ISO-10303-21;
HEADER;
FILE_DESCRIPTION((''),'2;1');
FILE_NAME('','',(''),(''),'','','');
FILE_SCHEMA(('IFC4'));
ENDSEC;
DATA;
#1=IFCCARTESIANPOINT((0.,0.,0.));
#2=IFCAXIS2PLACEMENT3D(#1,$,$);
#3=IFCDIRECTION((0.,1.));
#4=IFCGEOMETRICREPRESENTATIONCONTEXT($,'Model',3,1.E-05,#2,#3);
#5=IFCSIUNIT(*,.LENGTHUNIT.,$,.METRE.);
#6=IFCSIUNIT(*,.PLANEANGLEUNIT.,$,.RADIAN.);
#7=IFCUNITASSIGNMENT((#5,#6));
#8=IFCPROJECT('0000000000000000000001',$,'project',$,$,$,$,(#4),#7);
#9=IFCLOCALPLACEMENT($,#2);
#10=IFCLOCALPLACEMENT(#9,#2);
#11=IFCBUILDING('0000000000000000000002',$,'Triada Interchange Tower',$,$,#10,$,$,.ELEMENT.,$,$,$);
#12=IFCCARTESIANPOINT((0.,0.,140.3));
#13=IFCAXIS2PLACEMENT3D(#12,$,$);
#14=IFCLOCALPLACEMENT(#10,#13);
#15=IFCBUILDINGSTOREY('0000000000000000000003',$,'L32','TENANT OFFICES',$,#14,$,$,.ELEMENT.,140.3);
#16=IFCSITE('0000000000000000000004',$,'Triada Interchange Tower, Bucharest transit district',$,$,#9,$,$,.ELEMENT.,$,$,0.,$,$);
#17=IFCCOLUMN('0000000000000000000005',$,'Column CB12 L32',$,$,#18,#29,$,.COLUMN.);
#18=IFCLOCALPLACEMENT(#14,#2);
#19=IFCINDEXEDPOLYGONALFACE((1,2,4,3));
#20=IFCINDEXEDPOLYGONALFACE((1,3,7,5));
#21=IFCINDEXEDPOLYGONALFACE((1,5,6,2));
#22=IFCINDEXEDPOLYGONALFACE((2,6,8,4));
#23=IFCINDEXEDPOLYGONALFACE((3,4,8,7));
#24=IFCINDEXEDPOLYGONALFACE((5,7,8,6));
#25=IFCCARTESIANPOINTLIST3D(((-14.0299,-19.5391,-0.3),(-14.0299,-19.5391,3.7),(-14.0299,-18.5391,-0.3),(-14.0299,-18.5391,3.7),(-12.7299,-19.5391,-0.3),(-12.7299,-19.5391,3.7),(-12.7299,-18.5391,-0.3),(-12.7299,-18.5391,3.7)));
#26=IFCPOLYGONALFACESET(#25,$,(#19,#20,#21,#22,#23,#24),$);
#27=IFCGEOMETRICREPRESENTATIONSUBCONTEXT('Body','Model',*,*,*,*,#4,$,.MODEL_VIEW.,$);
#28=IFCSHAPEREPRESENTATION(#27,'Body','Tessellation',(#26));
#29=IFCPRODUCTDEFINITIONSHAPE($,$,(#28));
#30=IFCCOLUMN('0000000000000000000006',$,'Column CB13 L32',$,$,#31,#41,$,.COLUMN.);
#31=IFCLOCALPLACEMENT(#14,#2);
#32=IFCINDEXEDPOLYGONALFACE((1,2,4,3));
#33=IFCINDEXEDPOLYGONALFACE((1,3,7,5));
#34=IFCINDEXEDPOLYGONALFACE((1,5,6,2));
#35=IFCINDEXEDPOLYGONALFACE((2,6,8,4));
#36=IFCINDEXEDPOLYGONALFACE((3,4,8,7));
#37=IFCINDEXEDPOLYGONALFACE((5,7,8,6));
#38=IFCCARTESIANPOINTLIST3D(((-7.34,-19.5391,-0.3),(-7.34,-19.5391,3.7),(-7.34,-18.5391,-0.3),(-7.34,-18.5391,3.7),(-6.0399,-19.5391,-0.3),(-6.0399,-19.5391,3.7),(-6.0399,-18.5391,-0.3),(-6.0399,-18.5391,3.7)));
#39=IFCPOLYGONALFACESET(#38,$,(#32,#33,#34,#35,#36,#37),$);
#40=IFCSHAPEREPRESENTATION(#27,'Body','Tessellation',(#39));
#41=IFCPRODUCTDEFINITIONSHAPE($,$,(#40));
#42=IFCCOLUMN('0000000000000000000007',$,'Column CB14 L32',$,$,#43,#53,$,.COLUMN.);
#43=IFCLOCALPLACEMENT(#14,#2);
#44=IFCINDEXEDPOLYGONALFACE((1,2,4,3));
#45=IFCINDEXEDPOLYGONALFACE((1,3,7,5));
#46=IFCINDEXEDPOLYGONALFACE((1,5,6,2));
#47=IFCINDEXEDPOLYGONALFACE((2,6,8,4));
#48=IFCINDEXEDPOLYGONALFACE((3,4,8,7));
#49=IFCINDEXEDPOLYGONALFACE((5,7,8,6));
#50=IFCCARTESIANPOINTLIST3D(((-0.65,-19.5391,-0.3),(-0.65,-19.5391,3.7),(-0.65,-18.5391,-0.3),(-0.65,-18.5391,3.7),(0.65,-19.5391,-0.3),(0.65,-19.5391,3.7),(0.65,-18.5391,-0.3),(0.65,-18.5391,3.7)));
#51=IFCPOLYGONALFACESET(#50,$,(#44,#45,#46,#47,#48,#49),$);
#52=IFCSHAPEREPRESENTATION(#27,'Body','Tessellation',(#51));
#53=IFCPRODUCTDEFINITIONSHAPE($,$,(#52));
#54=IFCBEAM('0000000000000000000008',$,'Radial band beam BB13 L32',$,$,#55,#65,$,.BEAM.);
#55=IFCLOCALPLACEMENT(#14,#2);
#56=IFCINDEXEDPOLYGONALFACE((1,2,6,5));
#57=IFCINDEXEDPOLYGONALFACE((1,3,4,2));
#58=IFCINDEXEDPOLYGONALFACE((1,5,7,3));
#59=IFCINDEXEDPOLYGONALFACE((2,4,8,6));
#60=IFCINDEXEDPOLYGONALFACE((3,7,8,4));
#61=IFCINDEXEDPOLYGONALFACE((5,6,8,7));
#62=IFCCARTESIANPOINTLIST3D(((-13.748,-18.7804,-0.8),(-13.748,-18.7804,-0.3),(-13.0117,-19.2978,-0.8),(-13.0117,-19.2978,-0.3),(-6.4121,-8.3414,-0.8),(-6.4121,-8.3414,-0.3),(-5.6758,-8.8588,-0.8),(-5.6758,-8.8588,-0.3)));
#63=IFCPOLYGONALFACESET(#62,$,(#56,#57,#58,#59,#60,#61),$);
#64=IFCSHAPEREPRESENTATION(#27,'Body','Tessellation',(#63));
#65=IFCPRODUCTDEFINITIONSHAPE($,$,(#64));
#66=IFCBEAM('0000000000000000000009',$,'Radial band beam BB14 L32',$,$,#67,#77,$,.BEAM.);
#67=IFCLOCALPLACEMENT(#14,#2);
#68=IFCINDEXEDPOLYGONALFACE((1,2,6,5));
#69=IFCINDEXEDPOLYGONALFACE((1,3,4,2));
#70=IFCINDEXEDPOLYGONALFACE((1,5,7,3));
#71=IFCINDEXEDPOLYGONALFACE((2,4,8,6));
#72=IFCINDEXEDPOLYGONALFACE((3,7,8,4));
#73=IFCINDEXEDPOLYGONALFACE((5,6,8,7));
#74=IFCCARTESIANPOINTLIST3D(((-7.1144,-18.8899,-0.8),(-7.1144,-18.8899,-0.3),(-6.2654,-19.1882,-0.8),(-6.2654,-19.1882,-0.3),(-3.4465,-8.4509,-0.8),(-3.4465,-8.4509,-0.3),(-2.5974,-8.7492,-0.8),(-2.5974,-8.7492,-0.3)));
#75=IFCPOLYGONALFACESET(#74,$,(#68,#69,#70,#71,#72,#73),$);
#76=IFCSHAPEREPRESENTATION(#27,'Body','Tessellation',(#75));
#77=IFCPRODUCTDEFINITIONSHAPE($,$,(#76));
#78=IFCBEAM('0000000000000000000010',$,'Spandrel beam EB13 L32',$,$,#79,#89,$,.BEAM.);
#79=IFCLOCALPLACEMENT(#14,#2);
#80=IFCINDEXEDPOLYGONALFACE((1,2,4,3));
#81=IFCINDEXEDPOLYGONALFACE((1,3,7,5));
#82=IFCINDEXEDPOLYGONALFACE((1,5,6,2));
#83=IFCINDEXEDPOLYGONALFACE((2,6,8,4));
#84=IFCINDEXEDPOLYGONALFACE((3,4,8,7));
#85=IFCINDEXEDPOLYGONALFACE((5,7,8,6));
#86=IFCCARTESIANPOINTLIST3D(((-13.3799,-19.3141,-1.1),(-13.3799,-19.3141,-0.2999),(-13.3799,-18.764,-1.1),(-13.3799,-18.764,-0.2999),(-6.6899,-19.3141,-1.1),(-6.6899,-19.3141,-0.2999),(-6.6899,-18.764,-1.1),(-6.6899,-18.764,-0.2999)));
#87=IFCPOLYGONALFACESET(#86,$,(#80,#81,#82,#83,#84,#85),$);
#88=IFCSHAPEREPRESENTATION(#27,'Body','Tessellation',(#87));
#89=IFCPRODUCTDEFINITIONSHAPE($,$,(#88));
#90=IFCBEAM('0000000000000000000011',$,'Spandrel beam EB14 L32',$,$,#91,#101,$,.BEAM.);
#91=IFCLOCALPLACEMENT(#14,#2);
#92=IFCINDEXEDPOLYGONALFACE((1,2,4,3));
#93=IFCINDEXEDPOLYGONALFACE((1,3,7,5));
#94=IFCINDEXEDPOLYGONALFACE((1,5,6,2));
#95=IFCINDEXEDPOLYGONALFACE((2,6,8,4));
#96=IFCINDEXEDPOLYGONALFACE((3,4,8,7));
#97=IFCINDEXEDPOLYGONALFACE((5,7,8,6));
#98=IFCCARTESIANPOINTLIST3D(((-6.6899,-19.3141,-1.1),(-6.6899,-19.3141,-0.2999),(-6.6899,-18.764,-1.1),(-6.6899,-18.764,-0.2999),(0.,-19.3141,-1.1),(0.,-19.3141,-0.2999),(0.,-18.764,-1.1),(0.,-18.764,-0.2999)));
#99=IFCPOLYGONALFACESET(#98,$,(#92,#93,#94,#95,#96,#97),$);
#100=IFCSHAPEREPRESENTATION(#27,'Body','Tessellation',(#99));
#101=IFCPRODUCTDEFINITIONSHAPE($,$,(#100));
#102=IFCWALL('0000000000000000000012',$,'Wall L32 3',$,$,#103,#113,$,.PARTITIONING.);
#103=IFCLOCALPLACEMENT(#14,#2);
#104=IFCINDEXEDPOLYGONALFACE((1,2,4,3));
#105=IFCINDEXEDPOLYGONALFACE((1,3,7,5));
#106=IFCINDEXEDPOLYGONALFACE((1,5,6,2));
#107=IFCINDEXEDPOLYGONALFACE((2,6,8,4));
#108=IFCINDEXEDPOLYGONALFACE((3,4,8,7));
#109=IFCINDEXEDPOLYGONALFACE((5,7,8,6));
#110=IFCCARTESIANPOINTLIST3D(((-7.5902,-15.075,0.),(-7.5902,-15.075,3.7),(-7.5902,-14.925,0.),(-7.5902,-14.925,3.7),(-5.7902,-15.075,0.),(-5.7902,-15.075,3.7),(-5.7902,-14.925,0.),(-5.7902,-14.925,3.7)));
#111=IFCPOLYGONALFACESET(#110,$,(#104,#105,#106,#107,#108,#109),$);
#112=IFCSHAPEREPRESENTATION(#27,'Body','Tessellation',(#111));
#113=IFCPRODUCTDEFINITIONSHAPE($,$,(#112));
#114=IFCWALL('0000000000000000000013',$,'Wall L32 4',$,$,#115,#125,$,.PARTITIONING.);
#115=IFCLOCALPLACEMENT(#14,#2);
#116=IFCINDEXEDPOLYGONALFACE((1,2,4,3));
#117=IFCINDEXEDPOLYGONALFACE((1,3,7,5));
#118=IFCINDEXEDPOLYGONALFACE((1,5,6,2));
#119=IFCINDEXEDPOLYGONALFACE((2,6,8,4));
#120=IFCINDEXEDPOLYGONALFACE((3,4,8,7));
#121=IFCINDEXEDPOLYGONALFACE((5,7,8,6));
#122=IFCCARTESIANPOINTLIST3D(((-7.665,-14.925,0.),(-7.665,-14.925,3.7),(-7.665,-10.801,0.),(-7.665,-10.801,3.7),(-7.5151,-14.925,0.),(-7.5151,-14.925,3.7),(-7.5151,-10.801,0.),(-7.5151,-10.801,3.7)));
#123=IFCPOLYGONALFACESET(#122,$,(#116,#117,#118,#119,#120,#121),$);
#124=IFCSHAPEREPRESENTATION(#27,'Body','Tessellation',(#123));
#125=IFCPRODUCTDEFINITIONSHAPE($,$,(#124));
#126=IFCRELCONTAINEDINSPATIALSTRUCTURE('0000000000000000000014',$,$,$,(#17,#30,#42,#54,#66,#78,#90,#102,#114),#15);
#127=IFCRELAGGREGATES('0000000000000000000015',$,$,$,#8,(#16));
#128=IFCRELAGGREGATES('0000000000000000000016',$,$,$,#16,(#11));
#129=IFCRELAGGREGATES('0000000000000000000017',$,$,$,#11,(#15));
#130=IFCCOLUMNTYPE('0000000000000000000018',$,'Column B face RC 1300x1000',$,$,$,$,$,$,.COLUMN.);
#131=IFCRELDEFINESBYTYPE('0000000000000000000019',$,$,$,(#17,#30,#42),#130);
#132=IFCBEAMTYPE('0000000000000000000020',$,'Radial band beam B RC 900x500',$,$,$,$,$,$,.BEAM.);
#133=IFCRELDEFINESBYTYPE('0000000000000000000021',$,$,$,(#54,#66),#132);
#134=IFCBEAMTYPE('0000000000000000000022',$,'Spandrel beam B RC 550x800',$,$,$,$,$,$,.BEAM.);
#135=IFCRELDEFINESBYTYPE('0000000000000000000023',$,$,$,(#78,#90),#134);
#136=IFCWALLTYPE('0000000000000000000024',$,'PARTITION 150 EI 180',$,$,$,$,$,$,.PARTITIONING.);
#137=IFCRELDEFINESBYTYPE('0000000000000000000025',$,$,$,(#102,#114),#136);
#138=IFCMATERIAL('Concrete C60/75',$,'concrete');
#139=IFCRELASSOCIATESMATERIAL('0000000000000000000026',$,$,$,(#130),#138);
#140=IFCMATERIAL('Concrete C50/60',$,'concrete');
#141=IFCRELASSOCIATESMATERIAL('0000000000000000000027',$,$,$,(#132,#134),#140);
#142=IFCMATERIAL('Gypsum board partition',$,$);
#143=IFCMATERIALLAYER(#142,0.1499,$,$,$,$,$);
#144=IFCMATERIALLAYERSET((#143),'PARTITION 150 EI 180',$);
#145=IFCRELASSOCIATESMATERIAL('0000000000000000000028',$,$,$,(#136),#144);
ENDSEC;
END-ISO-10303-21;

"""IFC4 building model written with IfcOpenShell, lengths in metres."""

from ifc_helpers import new_model, si_unit, direction, frame, frame_2d, origin, origin_2d, place, context, subcontext, project, spatial, rectangle, extrude, material, layer, layer_set, material_profile, profile_set, type_object, element, save


model = new_model("IFC4")

# Units and contexts
model_context = context("Model", 3, precision=1e-05, world=origin(), true_north=direction((0.0, 1.0)))
body_context = subcontext(model_context, "Body", "Model", "MODEL_VIEW")
ifc_project = project(units=[si_unit("LENGTHUNIT", "METRE"), si_unit("PLANEANGLEUNIT", "RADIAN")], contexts=[model_context])

# Site, building, storey
site_placement = place(None, origin())
site = spatial("IfcSite", under=ifc_project, at=site_placement, Name="Triada Interchange Tower, Bucharest transit district", CompositionType="ELEMENT", RefElevation=0.0)
building_placement = place(site_placement, origin())
building = spatial("IfcBuilding", under=site, at=building_placement, Name="Triada Interchange Tower", CompositionType="ELEMENT")
storey_placement = place(building_placement, frame((0.0, 0.0, 140.3)))
storey = spatial("IfcBuildingStorey", under=building, at=storey_placement, Name="L32", Description="TENANT OFFICES", CompositionType="ELEMENT", Elevation=140.3)

# Columns
ifc_material_1 = material(Name="Concrete C60/75", Category="concrete")
ifc_material_profile_1 = material_profile(ifc_material_1, rectangle(XDim=1.3, YDim=1.0, at=origin_2d()), Name="RC 1300x1000")
ifc_profile_set_1 = profile_set([ifc_material_profile_1], Name="Concrete C60/75")
column_type = type_object("IfcColumnType", Name="Column B face RC 1300x1000", PredefinedType="COLUMN", material=ifc_profile_set_1)
for number, where, z_axis, x_axis, name in (
    (1, (-13.3799, -19.0391, -0.3), (0.0, 0.0, 1.0), (1.0, 0.0, 0.0), "Column CB12 L32"),
    (2, (-6.6899, -19.0391, -0.3), (0.0, 0.0, 1.0), (1.0, 0.0, 0.0), "Column CB13 L32"),
    (3, (0.0, -19.0391, -0.3), (0.0, 0.0, 1.0), (1.0, 0.0, 0.0), "Column CB14 L32"),
):
    element("IfcColumn", number, at=place(storey_placement, frame(where, z_axis=z_axis, x_axis=x_axis)), inside=storey, type_object=column_type, Name=name, PredefinedType="COLUMN", context=body_context, shape_type="SweptSolid", body=[
        extrude(rectangle(XDim=1.3, YDim=1.0, at=origin_2d()), origin(), (0.0, 0.0, 1.0), 4.0),
    ])

# Beams
ifc_material_2 = material(Name="Concrete C50/60", Category="concrete")
ifc_material_profile_2 = material_profile(ifc_material_2, rectangle(XDim=0.8999, YDim=0.5, at=origin_2d()), Name="RC 900x500")
ifc_profile_set_2 = profile_set([ifc_material_profile_2], Name="Concrete C50/60")
beam_type_1 = type_object("IfcBeamType", Name="Radial band beam B RC 900x500", PredefinedType="BEAM", material=ifc_profile_set_2)
beam_1_placement = place(storey_placement, frame((-13.3799, -19.0391, -0.55), z_axis=(0.574969, 0.818175, 0.0), x_axis=(-0.818175, 0.574969, 0.0)))
element("IfcBeam", 4, at=beam_1_placement, inside=storey, type_object=beam_type_1, Name="Radial band beam BB13 L32", PredefinedType="BEAM", context=body_context, shape_type="SweptSolid", body=[
    extrude(rectangle(XDim=0.8999, YDim=0.5, at=origin_2d()), origin(), (0.0, 0.0, 1.0), 12.7588),
])
beam_2_placement = place(storey_placement, frame((-6.6899, -19.0391, -0.55), z_axis=(0.331504, 0.943454, 0.0), x_axis=(-0.943454, 0.331504, 0.0)))
element("IfcBeam", 5, at=beam_2_placement, inside=storey, type_object=beam_type_1, Name="Radial band beam BB14 L32", PredefinedType="BEAM", context=body_context, shape_type="SweptSolid", body=[
    extrude(rectangle(XDim=0.8999, YDim=0.5, at=origin_2d()), origin(), (0.0, 0.0, 1.0), 11.0647),
])
ifc_material_profile_3 = material_profile(ifc_material_2, rectangle(XDim=0.55, YDim=0.8, at=origin_2d()), Name="RC 550x800")
ifc_profile_set_3 = profile_set([ifc_material_profile_3], Name="Concrete C50/60")
beam_type_2 = type_object("IfcBeamType", Name="Spandrel beam B RC 550x800", PredefinedType="BEAM", material=ifc_profile_set_3)
for number, where, z_axis, x_axis, name in (
    (6, (-13.3799, -19.0391, -0.7), (1.0, 0.0, 0.0), (0.0, 1.0, 0.0), "Spandrel beam EB13 L32"),
    (7, (-6.6899, -19.0391, -0.7), (1.0, 0.0, 0.0), (0.0, 1.0, 0.0), "Spandrel beam EB14 L32"),
):
    element("IfcBeam", number, at=place(storey_placement, frame(where, z_axis=z_axis, x_axis=x_axis)), inside=storey, type_object=beam_type_2, Name=name, PredefinedType="BEAM", context=body_context, shape_type="SweptSolid", body=[
        extrude(rectangle(XDim=0.55, YDim=0.8, at=origin_2d()), origin(), (0.0, 0.0, 1.0), 6.6899),
    ])

# Walls
ifc_material_3 = material(Name="Gypsum board partition")
ifc_layer_1 = layer(ifc_material_3, 0.1499)
ifc_layer_set_1 = layer_set([ifc_layer_1], Name="PARTITION 150 EI 180")
wall_type = type_object("IfcWallType", Name="PARTITION 150 EI 180", PredefinedType="PARTITIONING", material=ifc_layer_set_1)
wall_1_placement = place(storey_placement, frame((-7.5901, -15.0, 0.0), z_axis=(0.0, 0.0, 1.0), x_axis=(1.0, 0.0, 0.0)))
element("IfcWall", 8, at=wall_1_placement, inside=storey, type_object=wall_type, Name="Wall L32 3", PredefinedType="PARTITIONING", context=body_context, shape_type="SweptSolid", body=[
    extrude(rectangle(XDim=1.8, YDim=0.1499, at=frame_2d((0.8999, 0.0))), origin(), (0.0, 0.0, 1.0), 3.7),
])
wall_2_placement = place(storey_placement, frame((-7.5901, -14.925, 0.0), z_axis=(0.0, 0.0, 1.0), x_axis=(0.0, 1.0, 0.0)))
element("IfcWall", 9, at=wall_2_placement, inside=storey, type_object=wall_type, Name="Wall L32 4", PredefinedType="PARTITIONING", context=body_context, shape_type="SweptSolid", body=[
    extrude(rectangle(XDim=4.124, YDim=0.1499, at=frame_2d((2.062, 0.0))), origin(), (0.0, 0.0, 1.0), 3.7),
])

save(model, "model.ifc")
